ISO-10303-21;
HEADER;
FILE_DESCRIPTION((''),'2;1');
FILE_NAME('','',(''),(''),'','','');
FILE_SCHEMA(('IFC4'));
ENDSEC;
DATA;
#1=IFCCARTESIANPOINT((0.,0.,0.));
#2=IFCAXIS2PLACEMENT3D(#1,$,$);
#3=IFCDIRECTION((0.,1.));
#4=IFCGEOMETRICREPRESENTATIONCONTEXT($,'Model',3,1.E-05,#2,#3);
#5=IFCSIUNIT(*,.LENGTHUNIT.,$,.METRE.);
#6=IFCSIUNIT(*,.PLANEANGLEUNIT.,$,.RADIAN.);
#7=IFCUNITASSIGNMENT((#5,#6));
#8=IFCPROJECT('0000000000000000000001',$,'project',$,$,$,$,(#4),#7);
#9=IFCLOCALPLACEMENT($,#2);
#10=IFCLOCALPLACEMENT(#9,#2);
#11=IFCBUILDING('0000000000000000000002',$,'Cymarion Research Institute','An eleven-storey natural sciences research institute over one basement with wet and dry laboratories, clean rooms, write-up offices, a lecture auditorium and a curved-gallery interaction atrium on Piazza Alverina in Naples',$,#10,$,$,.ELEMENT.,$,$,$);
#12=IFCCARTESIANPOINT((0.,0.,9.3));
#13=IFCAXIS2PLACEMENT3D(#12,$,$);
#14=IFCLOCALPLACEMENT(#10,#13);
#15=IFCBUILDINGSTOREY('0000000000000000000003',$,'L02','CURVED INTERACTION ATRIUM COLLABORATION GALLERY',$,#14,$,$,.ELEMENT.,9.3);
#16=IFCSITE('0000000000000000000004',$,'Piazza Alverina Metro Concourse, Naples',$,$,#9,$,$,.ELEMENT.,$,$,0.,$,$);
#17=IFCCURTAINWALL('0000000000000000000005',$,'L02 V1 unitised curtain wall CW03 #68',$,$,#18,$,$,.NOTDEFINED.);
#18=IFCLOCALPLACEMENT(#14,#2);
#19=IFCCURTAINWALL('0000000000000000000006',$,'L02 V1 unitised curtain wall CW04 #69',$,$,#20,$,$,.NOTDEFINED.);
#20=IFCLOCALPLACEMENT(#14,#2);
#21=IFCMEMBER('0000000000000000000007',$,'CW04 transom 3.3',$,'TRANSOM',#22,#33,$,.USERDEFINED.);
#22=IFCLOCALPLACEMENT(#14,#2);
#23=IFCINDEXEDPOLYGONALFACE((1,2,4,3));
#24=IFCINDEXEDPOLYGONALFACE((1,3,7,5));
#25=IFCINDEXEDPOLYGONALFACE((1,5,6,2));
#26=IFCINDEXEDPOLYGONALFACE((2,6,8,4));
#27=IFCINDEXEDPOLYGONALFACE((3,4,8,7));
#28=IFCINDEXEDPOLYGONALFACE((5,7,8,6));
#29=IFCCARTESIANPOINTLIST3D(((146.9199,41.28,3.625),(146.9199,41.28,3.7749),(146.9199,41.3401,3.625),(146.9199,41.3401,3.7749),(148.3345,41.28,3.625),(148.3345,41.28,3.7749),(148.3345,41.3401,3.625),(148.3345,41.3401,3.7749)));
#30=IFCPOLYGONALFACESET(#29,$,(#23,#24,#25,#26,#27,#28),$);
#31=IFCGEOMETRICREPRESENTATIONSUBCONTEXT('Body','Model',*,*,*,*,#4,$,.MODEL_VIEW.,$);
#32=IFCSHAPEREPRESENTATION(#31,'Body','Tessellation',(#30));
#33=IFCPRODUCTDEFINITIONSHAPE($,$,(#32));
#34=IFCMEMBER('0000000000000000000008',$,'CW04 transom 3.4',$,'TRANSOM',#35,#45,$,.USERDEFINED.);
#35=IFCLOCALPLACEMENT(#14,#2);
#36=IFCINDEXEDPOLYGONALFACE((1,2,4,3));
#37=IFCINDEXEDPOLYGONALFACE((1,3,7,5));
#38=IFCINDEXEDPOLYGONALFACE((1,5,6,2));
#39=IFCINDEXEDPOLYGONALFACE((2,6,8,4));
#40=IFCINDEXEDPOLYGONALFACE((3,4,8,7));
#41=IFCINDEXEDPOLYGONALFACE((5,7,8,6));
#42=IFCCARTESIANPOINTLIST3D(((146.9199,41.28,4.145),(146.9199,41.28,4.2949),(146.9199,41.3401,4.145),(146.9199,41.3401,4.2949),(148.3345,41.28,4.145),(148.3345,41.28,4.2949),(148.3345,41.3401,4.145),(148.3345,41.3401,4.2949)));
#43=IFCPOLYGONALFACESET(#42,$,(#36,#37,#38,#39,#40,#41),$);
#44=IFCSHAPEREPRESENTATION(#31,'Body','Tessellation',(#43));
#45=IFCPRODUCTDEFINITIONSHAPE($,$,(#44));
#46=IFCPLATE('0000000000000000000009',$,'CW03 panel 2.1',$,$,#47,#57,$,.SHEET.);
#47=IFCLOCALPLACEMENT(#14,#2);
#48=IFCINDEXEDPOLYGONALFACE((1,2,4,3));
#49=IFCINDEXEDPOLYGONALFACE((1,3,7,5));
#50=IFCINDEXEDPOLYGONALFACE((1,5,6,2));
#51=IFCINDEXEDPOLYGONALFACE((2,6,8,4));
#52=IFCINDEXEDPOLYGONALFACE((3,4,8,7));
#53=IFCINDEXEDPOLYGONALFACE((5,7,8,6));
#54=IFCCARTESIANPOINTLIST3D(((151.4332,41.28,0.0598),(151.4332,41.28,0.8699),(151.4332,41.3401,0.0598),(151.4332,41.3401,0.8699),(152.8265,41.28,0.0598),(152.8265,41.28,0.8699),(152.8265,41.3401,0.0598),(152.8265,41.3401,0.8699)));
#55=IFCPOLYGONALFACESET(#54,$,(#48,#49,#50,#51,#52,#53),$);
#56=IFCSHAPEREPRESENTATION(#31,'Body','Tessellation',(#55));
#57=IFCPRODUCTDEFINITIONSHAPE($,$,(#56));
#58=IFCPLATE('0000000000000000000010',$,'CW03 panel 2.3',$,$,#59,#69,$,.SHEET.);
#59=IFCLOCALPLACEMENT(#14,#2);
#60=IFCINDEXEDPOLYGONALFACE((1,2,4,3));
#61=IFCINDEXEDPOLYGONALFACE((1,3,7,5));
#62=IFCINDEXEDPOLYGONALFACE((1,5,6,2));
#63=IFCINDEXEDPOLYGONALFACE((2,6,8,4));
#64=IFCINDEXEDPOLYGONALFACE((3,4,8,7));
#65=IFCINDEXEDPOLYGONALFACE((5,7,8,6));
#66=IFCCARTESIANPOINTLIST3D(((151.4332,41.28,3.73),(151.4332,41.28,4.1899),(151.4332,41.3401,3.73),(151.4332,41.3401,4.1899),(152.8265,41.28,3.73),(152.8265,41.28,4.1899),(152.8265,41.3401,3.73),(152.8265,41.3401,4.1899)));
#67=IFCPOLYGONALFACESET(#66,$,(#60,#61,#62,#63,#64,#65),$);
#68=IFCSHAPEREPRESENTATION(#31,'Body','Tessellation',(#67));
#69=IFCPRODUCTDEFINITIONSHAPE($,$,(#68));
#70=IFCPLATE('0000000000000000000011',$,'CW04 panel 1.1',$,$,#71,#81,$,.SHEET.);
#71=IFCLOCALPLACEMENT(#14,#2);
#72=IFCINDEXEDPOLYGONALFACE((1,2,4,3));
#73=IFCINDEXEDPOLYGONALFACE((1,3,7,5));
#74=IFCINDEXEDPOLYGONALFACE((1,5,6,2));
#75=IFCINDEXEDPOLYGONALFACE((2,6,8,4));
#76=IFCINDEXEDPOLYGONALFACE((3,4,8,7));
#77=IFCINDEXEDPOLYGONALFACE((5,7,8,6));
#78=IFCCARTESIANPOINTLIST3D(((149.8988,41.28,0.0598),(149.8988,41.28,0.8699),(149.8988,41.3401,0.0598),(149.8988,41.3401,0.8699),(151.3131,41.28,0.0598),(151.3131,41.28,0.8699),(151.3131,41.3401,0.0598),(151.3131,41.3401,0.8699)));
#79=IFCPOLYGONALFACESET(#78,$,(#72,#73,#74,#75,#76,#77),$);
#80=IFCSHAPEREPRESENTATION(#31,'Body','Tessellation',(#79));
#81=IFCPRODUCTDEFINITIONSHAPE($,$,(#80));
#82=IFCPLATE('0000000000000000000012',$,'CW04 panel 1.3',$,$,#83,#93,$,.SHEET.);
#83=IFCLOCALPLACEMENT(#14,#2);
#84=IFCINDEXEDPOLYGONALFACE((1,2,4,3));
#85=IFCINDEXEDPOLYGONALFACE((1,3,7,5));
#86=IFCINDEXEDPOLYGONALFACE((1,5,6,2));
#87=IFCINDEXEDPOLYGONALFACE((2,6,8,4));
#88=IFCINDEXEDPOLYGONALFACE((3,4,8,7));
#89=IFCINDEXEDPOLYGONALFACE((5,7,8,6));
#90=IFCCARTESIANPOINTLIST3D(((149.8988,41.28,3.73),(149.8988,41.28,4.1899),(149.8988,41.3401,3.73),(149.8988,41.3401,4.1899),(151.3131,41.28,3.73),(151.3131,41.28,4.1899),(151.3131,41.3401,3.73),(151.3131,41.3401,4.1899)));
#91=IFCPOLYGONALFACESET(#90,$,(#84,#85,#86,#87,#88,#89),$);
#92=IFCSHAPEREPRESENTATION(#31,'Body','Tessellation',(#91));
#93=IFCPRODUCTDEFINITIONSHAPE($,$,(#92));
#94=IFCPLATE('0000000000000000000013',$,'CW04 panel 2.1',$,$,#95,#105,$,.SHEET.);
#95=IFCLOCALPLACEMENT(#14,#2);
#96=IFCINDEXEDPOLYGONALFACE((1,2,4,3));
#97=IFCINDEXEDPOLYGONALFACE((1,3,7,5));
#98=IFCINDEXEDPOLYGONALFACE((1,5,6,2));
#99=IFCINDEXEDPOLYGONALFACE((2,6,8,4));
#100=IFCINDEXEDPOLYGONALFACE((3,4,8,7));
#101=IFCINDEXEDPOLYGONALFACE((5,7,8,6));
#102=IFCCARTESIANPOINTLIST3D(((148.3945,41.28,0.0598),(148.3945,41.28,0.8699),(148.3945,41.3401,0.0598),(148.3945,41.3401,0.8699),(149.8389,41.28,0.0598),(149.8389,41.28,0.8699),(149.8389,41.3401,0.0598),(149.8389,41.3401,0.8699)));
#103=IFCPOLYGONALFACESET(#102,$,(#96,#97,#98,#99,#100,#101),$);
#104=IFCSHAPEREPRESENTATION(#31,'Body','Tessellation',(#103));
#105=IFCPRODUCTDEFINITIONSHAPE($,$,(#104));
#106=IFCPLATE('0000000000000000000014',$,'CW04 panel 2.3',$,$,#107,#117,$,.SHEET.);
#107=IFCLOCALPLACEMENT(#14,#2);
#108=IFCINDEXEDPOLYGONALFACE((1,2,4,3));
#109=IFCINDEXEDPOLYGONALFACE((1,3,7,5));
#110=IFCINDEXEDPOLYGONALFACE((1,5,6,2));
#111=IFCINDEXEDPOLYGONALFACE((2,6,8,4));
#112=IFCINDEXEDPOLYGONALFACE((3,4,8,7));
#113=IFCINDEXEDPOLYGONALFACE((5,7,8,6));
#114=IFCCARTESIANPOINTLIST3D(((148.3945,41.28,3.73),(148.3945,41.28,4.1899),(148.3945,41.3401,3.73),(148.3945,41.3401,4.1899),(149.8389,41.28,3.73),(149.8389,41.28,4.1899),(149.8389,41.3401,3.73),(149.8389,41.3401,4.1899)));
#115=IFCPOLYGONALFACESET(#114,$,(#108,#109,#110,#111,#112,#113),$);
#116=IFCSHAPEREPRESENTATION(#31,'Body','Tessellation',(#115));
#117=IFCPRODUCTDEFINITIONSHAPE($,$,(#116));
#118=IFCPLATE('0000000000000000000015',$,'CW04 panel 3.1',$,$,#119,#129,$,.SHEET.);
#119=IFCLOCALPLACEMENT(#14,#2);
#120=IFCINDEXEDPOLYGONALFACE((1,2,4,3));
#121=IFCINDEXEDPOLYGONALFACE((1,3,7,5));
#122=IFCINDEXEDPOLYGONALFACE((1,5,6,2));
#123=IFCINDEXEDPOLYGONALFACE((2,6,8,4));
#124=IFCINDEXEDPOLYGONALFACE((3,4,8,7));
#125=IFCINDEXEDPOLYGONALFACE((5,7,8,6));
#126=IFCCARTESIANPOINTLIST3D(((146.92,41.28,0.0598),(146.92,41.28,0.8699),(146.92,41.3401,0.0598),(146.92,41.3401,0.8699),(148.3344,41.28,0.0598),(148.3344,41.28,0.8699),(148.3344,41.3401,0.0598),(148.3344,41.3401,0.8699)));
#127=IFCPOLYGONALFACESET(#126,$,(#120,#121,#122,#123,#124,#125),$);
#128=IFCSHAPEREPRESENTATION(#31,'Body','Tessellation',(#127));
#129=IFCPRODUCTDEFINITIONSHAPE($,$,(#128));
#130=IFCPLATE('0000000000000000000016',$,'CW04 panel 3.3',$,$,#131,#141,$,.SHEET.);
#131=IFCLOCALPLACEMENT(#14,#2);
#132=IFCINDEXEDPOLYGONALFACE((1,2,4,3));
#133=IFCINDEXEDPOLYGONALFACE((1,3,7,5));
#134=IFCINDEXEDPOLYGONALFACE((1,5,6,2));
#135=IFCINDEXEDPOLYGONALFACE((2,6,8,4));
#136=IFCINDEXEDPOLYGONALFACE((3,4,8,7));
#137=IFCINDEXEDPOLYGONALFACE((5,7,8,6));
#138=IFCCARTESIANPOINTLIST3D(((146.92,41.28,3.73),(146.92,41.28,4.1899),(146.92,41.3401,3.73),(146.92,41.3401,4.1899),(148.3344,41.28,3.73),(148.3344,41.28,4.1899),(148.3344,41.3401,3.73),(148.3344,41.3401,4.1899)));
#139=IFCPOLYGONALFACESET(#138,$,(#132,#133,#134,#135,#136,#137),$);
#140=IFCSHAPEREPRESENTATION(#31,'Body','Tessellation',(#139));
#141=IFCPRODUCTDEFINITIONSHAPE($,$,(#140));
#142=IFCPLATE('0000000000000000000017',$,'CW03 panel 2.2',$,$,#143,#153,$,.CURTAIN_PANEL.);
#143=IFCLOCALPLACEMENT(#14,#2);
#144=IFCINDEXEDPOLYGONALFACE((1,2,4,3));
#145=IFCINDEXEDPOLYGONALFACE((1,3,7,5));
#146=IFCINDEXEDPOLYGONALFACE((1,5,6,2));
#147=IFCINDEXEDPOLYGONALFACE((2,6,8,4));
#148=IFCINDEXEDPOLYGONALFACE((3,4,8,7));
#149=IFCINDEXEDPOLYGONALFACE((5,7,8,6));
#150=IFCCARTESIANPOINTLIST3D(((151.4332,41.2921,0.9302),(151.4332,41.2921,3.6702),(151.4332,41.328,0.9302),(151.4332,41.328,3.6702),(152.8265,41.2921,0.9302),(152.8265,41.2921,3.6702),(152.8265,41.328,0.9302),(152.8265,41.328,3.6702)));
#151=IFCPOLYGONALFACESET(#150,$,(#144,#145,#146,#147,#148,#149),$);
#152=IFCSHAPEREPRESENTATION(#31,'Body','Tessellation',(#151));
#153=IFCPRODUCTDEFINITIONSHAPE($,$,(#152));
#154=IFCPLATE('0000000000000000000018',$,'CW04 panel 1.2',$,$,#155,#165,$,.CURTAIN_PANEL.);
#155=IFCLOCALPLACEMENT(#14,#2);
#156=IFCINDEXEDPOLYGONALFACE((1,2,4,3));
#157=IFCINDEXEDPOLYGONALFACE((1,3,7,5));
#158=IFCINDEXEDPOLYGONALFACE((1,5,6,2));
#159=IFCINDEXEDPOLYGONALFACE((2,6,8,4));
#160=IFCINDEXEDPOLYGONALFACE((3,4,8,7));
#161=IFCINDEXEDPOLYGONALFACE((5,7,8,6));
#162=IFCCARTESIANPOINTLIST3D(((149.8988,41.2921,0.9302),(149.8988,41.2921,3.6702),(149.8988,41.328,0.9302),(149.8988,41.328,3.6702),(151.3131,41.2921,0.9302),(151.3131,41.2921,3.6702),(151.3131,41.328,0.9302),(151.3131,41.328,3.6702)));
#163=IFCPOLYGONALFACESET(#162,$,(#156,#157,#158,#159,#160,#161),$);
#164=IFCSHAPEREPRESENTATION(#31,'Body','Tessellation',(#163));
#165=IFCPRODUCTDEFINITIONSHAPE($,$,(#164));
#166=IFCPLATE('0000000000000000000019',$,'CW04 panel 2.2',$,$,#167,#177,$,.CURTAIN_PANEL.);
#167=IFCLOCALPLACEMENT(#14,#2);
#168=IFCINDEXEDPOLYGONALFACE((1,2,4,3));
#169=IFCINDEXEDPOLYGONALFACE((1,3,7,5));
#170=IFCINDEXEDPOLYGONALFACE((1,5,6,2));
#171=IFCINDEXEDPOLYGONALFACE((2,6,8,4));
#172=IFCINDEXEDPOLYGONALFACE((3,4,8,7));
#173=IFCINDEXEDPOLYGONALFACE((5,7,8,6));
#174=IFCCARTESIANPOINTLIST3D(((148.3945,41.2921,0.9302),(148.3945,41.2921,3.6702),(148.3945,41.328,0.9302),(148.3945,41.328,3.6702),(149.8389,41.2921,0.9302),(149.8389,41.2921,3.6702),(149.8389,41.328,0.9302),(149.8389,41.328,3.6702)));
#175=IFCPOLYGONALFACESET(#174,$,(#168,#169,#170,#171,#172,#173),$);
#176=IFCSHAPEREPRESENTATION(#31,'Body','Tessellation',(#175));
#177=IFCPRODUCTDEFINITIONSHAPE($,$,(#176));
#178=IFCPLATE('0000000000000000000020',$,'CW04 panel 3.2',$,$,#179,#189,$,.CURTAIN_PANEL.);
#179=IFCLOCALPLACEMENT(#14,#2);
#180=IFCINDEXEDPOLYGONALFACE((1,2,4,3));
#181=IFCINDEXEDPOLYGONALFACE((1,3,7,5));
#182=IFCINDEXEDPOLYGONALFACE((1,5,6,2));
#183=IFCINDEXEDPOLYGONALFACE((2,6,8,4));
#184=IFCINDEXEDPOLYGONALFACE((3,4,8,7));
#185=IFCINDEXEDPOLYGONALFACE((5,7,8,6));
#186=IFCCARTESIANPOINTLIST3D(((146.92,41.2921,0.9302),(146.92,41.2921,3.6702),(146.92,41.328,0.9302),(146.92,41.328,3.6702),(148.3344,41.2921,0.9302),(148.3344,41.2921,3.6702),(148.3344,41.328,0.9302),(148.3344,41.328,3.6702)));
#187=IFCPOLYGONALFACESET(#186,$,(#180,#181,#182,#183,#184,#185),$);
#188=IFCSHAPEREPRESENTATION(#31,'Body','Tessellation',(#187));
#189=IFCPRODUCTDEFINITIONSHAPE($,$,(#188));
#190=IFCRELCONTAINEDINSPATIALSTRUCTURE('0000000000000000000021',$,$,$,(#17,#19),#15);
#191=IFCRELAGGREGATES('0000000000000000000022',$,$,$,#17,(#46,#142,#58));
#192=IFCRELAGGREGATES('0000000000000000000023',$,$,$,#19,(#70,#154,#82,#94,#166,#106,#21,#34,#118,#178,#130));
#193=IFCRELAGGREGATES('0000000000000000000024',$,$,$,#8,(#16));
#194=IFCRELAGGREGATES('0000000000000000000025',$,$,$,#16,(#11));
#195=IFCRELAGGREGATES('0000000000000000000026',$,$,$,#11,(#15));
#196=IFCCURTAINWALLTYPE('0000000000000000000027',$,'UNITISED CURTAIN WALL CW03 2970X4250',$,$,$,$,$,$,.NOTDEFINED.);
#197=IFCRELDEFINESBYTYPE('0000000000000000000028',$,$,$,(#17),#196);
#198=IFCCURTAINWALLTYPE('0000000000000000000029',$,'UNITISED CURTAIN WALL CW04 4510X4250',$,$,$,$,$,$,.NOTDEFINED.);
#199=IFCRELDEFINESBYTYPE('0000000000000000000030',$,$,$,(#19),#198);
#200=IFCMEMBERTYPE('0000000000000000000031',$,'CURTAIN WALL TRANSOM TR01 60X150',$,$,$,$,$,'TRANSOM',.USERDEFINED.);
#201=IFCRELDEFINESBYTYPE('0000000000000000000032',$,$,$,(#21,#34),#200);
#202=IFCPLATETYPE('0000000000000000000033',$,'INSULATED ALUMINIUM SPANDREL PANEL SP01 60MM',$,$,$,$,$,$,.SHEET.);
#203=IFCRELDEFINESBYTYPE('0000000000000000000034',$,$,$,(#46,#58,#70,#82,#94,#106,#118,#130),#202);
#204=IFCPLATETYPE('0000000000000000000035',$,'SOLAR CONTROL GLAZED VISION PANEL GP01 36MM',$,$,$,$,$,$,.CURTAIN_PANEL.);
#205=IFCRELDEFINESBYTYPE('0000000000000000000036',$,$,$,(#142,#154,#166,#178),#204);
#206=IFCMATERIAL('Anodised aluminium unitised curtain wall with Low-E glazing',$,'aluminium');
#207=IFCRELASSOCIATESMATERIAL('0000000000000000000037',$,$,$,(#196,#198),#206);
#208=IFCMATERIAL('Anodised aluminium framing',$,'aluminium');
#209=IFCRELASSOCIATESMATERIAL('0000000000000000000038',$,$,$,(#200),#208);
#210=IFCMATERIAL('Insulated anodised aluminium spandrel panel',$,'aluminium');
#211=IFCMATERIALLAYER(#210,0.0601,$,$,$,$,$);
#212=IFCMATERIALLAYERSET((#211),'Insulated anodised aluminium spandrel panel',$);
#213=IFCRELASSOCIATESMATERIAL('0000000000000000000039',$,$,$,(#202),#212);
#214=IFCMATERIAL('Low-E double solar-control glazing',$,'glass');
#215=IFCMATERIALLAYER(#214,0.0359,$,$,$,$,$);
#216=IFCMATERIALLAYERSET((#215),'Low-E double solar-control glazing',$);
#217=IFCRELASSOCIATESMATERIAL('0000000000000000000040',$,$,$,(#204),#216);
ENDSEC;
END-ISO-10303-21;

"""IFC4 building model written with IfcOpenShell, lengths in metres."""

from ifc_helpers import new_model, si_unit, direction, frame, origin, origin_2d, place, context, subcontext, project, spatial, rectangle, extrude, material, layer, layer_set, material_profile, profile_set, type_object, element, aggregate, save


model = new_model("IFC4")

# Units and contexts
model_context = context("Model", 3, precision=1e-05, world=origin(), true_north=direction((0.0, 1.0)))
body_context = subcontext(model_context, "Body", "Model", "MODEL_VIEW")
ifc_project = project(units=[si_unit("LENGTHUNIT", "METRE"), si_unit("PLANEANGLEUNIT", "RADIAN")], contexts=[model_context])

# Site, building, storey
site_placement = place(None, origin())
site = spatial("IfcSite", under=ifc_project, at=site_placement, Name="Piazza Alverina Metro Concourse, Naples", CompositionType="ELEMENT", RefElevation=0.0)
building_placement = place(site_placement, origin())
building = spatial("IfcBuilding", under=site, at=building_placement, Name="Cymarion Research Institute", Description="An eleven-storey natural sciences research institute over one basement with wet and dry laboratories, clean rooms, write-up offices, a lecture auditorium and a curved-gallery interaction atrium on Piazza Alverina in Naples", CompositionType="ELEMENT")
storey_placement = place(building_placement, frame((0.0, 0.0, 9.3)))
storey = spatial("IfcBuildingStorey", under=building, at=storey_placement, Name="L02", Description="CURVED INTERACTION ATRIUM COLLABORATION GALLERY", CompositionType="ELEMENT", Elevation=9.3)

# Curtain wall
ifc_material_1 = material(Name="Anodised aluminium unitised curtain wall with Low-E glazing", Category="aluminium")
curtain_wall_type_1 = type_object("IfcCurtainWallType", Name="UNITISED CURTAIN WALL CW03 2970X4250", PredefinedType="NOTDEFINED", material=ifc_material_1)
curtain_wall_1_placement = place(storey_placement, origin())
curtain_wall_1 = element("IfcCurtainWall", 1, at=curtain_wall_1_placement, inside=storey, type_object=curtain_wall_type_1, Name="L02 V1 unitised curtain wall CW03 #68", PredefinedType="NOTDEFINED")
ifc_material_2 = material(Name="Anodised aluminium framing", Category="aluminium")

# Curtain wall
curtain_wall_type_2 = type_object("IfcCurtainWallType", Name="UNITISED CURTAIN WALL CW04 4510X4250", PredefinedType="NOTDEFINED", material=ifc_material_1)
curtain_wall_2_placement = place(storey_placement, origin())
curtain_wall_2 = element("IfcCurtainWall", 2, at=curtain_wall_2_placement, inside=storey, type_object=curtain_wall_type_2, Name="L02 V1 unitised curtain wall CW04 #69", PredefinedType="NOTDEFINED")

# Members
ifc_material_profile_1 = material_profile(ifc_material_2, rectangle(XDim=0.0601, YDim=0.1499, at=origin_2d()), Name="ALU TRANSOM 60x150")
ifc_profile_set_1 = profile_set([ifc_material_profile_1], Name="Anodised aluminium framing")
member_type_1 = type_object("IfcMemberType", Name="CURTAIN WALL TRANSOM TR01 60X150", ElementType="TRANSOM", PredefinedType="USERDEFINED", material=ifc_profile_set_1)
member_1_placement = place(storey_placement, frame((148.3345, 41.3101, 3.7), z_axis=(-1.0, 0.0, 0.0), x_axis=(0.0, -1.0, 0.0)))
member_1 = element("IfcMember", 3, at=member_1_placement, type_object=member_type_1, Name="CW04 transom 3.3", ObjectType="TRANSOM", PredefinedType="USERDEFINED", context=body_context, shape_type="SweptSolid", body=[
    extrude(rectangle(XDim=0.0601, YDim=0.1499, at=origin_2d()), origin(), (0.0, 0.0, 1.0), 1.4146),
])
member_2_placement = place(storey_placement, frame((148.3345, 41.3101, 4.22), z_axis=(-1.0, 0.0, 0.0), x_axis=(0.0, -1.0, 0.0)))
member_2 = element("IfcMember", 4, at=member_2_placement, type_object=member_type_1, Name="CW04 transom 3.4", ObjectType="TRANSOM", PredefinedType="USERDEFINED", context=body_context, shape_type="SweptSolid", body=[
    extrude(rectangle(XDim=0.0601, YDim=0.1499, at=origin_2d()), origin(), (0.0, 0.0, 1.0), 1.4146),
])

# Plates
ifc_material_3 = material(Name="Insulated anodised aluminium spandrel panel", Category="aluminium")
ifc_layer_1 = layer(ifc_material_3, 0.0601)
ifc_layer_set_1 = layer_set([ifc_layer_1], Name="Insulated anodised aluminium spandrel panel")
plate_type_1 = type_object("IfcPlateType", Name="INSULATED ALUMINIUM SPANDREL PANEL SP01 60MM", PredefinedType="SHEET", material=ifc_layer_set_1)
plate_1_placement = place(storey_placement, frame((152.1299, 41.3101, 0.0598), z_axis=(0.0, 0.0, 1.0), x_axis=(-1.0, 0.0, 0.0)))
plate_1 = element("IfcPlate", 5, at=plate_1_placement, type_object=plate_type_1, Name="CW03 panel 2.1", PredefinedType="SHEET", context=body_context, shape_type="SweptSolid", body=[
    extrude(rectangle(XDim=1.3933, YDim=0.0601, at=origin_2d()), origin(), (0.0, 0.0, 1.0), 0.8101),
])
plate_2_placement = place(storey_placement, frame((152.1299, 41.3101, 3.73), z_axis=(0.0, 0.0, 1.0), x_axis=(-1.0, 0.0, 0.0)))
plate_2 = element("IfcPlate", 6, at=plate_2_placement, type_object=plate_type_1, Name="CW03 panel 2.3", PredefinedType="SHEET", context=body_context, shape_type="SweptSolid", body=[
    extrude(rectangle(XDim=1.3933, YDim=0.0601, at=origin_2d()), origin(), (0.0, 0.0, 1.0), 0.46),
])
plate_3_placement = place(storey_placement, frame((150.606, 41.3101, 0.0598), z_axis=(0.0, 0.0, 1.0), x_axis=(-1.0, 0.0, 0.0)))
plate_3 = element("IfcPlate", 7, at=plate_3_placement, type_object=plate_type_1, Name="CW04 panel 1.1", PredefinedType="SHEET", context=body_context, shape_type="SweptSolid", body=[
    extrude(rectangle(XDim=1.4143, YDim=0.0601, at=origin_2d()), origin(), (0.0, 0.0, 1.0), 0.8101),
])
plate_4_placement = place(storey_placement, frame((150.606, 41.3101, 3.73), z_axis=(0.0, 0.0, 1.0), x_axis=(-1.0, 0.0, 0.0)))
plate_4 = element("IfcPlate", 8, at=plate_4_placement, type_object=plate_type_1, Name="CW04 panel 1.3", PredefinedType="SHEET", context=body_context, shape_type="SweptSolid", body=[
    extrude(rectangle(XDim=1.4143, YDim=0.0601, at=origin_2d()), origin(), (0.0, 0.0, 1.0), 0.46),
])
plate_5_placement = place(storey_placement, frame((149.1167, 41.3101, 0.0598), z_axis=(0.0, 0.0, 1.0), x_axis=(-1.0, 0.0, 0.0)))
plate_5 = element("IfcPlate", 9, at=plate_5_placement, type_object=plate_type_1, Name="CW04 panel 2.1", PredefinedType="SHEET", context=body_context, shape_type="SweptSolid", body=[
    extrude(rectangle(XDim=1.4443, YDim=0.0601, at=origin_2d()), origin(), (0.0, 0.0, 1.0), 0.8101),
])
plate_6_placement = place(storey_placement, frame((149.1167, 41.3101, 3.73), z_axis=(0.0, 0.0, 1.0), x_axis=(-1.0, 0.0, 0.0)))
plate_6 = element("IfcPlate", 10, at=plate_6_placement, type_object=plate_type_1, Name="CW04 panel 2.3", PredefinedType="SHEET", context=body_context, shape_type="SweptSolid", body=[
    extrude(rectangle(XDim=1.4443, YDim=0.0601, at=origin_2d()), origin(), (0.0, 0.0, 1.0), 0.46),
])
plate_7_placement = place(storey_placement, frame((147.6272, 41.3101, 0.0598), z_axis=(0.0, 0.0, 1.0), x_axis=(-1.0, 0.0, 0.0)))
plate_7 = element("IfcPlate", 11, at=plate_7_placement, type_object=plate_type_1, Name="CW04 panel 3.1", PredefinedType="SHEET", context=body_context, shape_type="SweptSolid", body=[
    extrude(rectangle(XDim=1.4143, YDim=0.0601, at=origin_2d()), origin(), (0.0, 0.0, 1.0), 0.8101),
])
plate_8_placement = place(storey_placement, frame((147.6272, 41.3101, 3.73), z_axis=(0.0, 0.0, 1.0), x_axis=(-1.0, 0.0, 0.0)))
plate_8 = element("IfcPlate", 12, at=plate_8_placement, type_object=plate_type_1, Name="CW04 panel 3.3", PredefinedType="SHEET", context=body_context, shape_type="SweptSolid", body=[
    extrude(rectangle(XDim=1.4143, YDim=0.0601, at=origin_2d()), origin(), (0.0, 0.0, 1.0), 0.46),
])
ifc_material_4 = material(Name="Low-E double solar-control glazing", Category="glass")
ifc_layer_2 = layer(ifc_material_4, 0.0359)
ifc_layer_set_2 = layer_set([ifc_layer_2], Name="Low-E double solar-control glazing")
plate_type_2 = type_object("IfcPlateType", Name="SOLAR CONTROL GLAZED VISION PANEL GP01 36MM", PredefinedType="CURTAIN_PANEL", material=ifc_layer_set_2)
plate_9_placement = place(storey_placement, frame((152.1299, 41.3101, 0.9302), z_axis=(0.0, 0.0, 1.0), x_axis=(-1.0, 0.0, 0.0)))
plate_9 = element("IfcPlate", 13, at=plate_9_placement, type_object=plate_type_2, Name="CW03 panel 2.2", PredefinedType="CURTAIN_PANEL", context=body_context, shape_type="SweptSolid", body=[
    extrude(rectangle(XDim=1.3933, YDim=0.0359, at=origin_2d()), origin(), (0.0, 0.0, 1.0), 2.74),
])
aggregate(curtain_wall_1, [plate_1, plate_9, plate_2])
plate_10_placement = place(storey_placement, frame((150.606, 41.3101, 0.9302), z_axis=(0.0, 0.0, 1.0), x_axis=(-1.0, 0.0, 0.0)))
plate_10 = element("IfcPlate", 14, at=plate_10_placement, type_object=plate_type_2, Name="CW04 panel 1.2", PredefinedType="CURTAIN_PANEL", context=body_context, shape_type="SweptSolid", body=[
    extrude(rectangle(XDim=1.4143, YDim=0.0359, at=origin_2d()), origin(), (0.0, 0.0, 1.0), 2.74),
])
plate_11_placement = place(storey_placement, frame((149.1167, 41.3101, 0.9302), z_axis=(0.0, 0.0, 1.0), x_axis=(-1.0, 0.0, 0.0)))
plate_11 = element("IfcPlate", 15, at=plate_11_placement, type_object=plate_type_2, Name="CW04 panel 2.2", PredefinedType="CURTAIN_PANEL", context=body_context, shape_type="SweptSolid", body=[
    extrude(rectangle(XDim=1.4443, YDim=0.0359, at=origin_2d()), origin(), (0.0, 0.0, 1.0), 2.74),
])
plate_12_placement = place(storey_placement, frame((147.6272, 41.3101, 0.9302), z_axis=(0.0, 0.0, 1.0), x_axis=(-1.0, 0.0, 0.0)))
plate_12 = element("IfcPlate", 16, at=plate_12_placement, type_object=plate_type_2, Name="CW04 panel 3.2", PredefinedType="CURTAIN_PANEL", context=body_context, shape_type="SweptSolid", body=[
    extrude(rectangle(XDim=1.4143, YDim=0.0359, at=origin_2d()), origin(), (0.0, 0.0, 1.0), 2.74),
])
aggregate(curtain_wall_2, [plate_3, plate_10, plate_4, plate_5, plate_11, plate_6, member_1, member_2, plate_7, plate_12, plate_8])

save(model, "model.ifc")
